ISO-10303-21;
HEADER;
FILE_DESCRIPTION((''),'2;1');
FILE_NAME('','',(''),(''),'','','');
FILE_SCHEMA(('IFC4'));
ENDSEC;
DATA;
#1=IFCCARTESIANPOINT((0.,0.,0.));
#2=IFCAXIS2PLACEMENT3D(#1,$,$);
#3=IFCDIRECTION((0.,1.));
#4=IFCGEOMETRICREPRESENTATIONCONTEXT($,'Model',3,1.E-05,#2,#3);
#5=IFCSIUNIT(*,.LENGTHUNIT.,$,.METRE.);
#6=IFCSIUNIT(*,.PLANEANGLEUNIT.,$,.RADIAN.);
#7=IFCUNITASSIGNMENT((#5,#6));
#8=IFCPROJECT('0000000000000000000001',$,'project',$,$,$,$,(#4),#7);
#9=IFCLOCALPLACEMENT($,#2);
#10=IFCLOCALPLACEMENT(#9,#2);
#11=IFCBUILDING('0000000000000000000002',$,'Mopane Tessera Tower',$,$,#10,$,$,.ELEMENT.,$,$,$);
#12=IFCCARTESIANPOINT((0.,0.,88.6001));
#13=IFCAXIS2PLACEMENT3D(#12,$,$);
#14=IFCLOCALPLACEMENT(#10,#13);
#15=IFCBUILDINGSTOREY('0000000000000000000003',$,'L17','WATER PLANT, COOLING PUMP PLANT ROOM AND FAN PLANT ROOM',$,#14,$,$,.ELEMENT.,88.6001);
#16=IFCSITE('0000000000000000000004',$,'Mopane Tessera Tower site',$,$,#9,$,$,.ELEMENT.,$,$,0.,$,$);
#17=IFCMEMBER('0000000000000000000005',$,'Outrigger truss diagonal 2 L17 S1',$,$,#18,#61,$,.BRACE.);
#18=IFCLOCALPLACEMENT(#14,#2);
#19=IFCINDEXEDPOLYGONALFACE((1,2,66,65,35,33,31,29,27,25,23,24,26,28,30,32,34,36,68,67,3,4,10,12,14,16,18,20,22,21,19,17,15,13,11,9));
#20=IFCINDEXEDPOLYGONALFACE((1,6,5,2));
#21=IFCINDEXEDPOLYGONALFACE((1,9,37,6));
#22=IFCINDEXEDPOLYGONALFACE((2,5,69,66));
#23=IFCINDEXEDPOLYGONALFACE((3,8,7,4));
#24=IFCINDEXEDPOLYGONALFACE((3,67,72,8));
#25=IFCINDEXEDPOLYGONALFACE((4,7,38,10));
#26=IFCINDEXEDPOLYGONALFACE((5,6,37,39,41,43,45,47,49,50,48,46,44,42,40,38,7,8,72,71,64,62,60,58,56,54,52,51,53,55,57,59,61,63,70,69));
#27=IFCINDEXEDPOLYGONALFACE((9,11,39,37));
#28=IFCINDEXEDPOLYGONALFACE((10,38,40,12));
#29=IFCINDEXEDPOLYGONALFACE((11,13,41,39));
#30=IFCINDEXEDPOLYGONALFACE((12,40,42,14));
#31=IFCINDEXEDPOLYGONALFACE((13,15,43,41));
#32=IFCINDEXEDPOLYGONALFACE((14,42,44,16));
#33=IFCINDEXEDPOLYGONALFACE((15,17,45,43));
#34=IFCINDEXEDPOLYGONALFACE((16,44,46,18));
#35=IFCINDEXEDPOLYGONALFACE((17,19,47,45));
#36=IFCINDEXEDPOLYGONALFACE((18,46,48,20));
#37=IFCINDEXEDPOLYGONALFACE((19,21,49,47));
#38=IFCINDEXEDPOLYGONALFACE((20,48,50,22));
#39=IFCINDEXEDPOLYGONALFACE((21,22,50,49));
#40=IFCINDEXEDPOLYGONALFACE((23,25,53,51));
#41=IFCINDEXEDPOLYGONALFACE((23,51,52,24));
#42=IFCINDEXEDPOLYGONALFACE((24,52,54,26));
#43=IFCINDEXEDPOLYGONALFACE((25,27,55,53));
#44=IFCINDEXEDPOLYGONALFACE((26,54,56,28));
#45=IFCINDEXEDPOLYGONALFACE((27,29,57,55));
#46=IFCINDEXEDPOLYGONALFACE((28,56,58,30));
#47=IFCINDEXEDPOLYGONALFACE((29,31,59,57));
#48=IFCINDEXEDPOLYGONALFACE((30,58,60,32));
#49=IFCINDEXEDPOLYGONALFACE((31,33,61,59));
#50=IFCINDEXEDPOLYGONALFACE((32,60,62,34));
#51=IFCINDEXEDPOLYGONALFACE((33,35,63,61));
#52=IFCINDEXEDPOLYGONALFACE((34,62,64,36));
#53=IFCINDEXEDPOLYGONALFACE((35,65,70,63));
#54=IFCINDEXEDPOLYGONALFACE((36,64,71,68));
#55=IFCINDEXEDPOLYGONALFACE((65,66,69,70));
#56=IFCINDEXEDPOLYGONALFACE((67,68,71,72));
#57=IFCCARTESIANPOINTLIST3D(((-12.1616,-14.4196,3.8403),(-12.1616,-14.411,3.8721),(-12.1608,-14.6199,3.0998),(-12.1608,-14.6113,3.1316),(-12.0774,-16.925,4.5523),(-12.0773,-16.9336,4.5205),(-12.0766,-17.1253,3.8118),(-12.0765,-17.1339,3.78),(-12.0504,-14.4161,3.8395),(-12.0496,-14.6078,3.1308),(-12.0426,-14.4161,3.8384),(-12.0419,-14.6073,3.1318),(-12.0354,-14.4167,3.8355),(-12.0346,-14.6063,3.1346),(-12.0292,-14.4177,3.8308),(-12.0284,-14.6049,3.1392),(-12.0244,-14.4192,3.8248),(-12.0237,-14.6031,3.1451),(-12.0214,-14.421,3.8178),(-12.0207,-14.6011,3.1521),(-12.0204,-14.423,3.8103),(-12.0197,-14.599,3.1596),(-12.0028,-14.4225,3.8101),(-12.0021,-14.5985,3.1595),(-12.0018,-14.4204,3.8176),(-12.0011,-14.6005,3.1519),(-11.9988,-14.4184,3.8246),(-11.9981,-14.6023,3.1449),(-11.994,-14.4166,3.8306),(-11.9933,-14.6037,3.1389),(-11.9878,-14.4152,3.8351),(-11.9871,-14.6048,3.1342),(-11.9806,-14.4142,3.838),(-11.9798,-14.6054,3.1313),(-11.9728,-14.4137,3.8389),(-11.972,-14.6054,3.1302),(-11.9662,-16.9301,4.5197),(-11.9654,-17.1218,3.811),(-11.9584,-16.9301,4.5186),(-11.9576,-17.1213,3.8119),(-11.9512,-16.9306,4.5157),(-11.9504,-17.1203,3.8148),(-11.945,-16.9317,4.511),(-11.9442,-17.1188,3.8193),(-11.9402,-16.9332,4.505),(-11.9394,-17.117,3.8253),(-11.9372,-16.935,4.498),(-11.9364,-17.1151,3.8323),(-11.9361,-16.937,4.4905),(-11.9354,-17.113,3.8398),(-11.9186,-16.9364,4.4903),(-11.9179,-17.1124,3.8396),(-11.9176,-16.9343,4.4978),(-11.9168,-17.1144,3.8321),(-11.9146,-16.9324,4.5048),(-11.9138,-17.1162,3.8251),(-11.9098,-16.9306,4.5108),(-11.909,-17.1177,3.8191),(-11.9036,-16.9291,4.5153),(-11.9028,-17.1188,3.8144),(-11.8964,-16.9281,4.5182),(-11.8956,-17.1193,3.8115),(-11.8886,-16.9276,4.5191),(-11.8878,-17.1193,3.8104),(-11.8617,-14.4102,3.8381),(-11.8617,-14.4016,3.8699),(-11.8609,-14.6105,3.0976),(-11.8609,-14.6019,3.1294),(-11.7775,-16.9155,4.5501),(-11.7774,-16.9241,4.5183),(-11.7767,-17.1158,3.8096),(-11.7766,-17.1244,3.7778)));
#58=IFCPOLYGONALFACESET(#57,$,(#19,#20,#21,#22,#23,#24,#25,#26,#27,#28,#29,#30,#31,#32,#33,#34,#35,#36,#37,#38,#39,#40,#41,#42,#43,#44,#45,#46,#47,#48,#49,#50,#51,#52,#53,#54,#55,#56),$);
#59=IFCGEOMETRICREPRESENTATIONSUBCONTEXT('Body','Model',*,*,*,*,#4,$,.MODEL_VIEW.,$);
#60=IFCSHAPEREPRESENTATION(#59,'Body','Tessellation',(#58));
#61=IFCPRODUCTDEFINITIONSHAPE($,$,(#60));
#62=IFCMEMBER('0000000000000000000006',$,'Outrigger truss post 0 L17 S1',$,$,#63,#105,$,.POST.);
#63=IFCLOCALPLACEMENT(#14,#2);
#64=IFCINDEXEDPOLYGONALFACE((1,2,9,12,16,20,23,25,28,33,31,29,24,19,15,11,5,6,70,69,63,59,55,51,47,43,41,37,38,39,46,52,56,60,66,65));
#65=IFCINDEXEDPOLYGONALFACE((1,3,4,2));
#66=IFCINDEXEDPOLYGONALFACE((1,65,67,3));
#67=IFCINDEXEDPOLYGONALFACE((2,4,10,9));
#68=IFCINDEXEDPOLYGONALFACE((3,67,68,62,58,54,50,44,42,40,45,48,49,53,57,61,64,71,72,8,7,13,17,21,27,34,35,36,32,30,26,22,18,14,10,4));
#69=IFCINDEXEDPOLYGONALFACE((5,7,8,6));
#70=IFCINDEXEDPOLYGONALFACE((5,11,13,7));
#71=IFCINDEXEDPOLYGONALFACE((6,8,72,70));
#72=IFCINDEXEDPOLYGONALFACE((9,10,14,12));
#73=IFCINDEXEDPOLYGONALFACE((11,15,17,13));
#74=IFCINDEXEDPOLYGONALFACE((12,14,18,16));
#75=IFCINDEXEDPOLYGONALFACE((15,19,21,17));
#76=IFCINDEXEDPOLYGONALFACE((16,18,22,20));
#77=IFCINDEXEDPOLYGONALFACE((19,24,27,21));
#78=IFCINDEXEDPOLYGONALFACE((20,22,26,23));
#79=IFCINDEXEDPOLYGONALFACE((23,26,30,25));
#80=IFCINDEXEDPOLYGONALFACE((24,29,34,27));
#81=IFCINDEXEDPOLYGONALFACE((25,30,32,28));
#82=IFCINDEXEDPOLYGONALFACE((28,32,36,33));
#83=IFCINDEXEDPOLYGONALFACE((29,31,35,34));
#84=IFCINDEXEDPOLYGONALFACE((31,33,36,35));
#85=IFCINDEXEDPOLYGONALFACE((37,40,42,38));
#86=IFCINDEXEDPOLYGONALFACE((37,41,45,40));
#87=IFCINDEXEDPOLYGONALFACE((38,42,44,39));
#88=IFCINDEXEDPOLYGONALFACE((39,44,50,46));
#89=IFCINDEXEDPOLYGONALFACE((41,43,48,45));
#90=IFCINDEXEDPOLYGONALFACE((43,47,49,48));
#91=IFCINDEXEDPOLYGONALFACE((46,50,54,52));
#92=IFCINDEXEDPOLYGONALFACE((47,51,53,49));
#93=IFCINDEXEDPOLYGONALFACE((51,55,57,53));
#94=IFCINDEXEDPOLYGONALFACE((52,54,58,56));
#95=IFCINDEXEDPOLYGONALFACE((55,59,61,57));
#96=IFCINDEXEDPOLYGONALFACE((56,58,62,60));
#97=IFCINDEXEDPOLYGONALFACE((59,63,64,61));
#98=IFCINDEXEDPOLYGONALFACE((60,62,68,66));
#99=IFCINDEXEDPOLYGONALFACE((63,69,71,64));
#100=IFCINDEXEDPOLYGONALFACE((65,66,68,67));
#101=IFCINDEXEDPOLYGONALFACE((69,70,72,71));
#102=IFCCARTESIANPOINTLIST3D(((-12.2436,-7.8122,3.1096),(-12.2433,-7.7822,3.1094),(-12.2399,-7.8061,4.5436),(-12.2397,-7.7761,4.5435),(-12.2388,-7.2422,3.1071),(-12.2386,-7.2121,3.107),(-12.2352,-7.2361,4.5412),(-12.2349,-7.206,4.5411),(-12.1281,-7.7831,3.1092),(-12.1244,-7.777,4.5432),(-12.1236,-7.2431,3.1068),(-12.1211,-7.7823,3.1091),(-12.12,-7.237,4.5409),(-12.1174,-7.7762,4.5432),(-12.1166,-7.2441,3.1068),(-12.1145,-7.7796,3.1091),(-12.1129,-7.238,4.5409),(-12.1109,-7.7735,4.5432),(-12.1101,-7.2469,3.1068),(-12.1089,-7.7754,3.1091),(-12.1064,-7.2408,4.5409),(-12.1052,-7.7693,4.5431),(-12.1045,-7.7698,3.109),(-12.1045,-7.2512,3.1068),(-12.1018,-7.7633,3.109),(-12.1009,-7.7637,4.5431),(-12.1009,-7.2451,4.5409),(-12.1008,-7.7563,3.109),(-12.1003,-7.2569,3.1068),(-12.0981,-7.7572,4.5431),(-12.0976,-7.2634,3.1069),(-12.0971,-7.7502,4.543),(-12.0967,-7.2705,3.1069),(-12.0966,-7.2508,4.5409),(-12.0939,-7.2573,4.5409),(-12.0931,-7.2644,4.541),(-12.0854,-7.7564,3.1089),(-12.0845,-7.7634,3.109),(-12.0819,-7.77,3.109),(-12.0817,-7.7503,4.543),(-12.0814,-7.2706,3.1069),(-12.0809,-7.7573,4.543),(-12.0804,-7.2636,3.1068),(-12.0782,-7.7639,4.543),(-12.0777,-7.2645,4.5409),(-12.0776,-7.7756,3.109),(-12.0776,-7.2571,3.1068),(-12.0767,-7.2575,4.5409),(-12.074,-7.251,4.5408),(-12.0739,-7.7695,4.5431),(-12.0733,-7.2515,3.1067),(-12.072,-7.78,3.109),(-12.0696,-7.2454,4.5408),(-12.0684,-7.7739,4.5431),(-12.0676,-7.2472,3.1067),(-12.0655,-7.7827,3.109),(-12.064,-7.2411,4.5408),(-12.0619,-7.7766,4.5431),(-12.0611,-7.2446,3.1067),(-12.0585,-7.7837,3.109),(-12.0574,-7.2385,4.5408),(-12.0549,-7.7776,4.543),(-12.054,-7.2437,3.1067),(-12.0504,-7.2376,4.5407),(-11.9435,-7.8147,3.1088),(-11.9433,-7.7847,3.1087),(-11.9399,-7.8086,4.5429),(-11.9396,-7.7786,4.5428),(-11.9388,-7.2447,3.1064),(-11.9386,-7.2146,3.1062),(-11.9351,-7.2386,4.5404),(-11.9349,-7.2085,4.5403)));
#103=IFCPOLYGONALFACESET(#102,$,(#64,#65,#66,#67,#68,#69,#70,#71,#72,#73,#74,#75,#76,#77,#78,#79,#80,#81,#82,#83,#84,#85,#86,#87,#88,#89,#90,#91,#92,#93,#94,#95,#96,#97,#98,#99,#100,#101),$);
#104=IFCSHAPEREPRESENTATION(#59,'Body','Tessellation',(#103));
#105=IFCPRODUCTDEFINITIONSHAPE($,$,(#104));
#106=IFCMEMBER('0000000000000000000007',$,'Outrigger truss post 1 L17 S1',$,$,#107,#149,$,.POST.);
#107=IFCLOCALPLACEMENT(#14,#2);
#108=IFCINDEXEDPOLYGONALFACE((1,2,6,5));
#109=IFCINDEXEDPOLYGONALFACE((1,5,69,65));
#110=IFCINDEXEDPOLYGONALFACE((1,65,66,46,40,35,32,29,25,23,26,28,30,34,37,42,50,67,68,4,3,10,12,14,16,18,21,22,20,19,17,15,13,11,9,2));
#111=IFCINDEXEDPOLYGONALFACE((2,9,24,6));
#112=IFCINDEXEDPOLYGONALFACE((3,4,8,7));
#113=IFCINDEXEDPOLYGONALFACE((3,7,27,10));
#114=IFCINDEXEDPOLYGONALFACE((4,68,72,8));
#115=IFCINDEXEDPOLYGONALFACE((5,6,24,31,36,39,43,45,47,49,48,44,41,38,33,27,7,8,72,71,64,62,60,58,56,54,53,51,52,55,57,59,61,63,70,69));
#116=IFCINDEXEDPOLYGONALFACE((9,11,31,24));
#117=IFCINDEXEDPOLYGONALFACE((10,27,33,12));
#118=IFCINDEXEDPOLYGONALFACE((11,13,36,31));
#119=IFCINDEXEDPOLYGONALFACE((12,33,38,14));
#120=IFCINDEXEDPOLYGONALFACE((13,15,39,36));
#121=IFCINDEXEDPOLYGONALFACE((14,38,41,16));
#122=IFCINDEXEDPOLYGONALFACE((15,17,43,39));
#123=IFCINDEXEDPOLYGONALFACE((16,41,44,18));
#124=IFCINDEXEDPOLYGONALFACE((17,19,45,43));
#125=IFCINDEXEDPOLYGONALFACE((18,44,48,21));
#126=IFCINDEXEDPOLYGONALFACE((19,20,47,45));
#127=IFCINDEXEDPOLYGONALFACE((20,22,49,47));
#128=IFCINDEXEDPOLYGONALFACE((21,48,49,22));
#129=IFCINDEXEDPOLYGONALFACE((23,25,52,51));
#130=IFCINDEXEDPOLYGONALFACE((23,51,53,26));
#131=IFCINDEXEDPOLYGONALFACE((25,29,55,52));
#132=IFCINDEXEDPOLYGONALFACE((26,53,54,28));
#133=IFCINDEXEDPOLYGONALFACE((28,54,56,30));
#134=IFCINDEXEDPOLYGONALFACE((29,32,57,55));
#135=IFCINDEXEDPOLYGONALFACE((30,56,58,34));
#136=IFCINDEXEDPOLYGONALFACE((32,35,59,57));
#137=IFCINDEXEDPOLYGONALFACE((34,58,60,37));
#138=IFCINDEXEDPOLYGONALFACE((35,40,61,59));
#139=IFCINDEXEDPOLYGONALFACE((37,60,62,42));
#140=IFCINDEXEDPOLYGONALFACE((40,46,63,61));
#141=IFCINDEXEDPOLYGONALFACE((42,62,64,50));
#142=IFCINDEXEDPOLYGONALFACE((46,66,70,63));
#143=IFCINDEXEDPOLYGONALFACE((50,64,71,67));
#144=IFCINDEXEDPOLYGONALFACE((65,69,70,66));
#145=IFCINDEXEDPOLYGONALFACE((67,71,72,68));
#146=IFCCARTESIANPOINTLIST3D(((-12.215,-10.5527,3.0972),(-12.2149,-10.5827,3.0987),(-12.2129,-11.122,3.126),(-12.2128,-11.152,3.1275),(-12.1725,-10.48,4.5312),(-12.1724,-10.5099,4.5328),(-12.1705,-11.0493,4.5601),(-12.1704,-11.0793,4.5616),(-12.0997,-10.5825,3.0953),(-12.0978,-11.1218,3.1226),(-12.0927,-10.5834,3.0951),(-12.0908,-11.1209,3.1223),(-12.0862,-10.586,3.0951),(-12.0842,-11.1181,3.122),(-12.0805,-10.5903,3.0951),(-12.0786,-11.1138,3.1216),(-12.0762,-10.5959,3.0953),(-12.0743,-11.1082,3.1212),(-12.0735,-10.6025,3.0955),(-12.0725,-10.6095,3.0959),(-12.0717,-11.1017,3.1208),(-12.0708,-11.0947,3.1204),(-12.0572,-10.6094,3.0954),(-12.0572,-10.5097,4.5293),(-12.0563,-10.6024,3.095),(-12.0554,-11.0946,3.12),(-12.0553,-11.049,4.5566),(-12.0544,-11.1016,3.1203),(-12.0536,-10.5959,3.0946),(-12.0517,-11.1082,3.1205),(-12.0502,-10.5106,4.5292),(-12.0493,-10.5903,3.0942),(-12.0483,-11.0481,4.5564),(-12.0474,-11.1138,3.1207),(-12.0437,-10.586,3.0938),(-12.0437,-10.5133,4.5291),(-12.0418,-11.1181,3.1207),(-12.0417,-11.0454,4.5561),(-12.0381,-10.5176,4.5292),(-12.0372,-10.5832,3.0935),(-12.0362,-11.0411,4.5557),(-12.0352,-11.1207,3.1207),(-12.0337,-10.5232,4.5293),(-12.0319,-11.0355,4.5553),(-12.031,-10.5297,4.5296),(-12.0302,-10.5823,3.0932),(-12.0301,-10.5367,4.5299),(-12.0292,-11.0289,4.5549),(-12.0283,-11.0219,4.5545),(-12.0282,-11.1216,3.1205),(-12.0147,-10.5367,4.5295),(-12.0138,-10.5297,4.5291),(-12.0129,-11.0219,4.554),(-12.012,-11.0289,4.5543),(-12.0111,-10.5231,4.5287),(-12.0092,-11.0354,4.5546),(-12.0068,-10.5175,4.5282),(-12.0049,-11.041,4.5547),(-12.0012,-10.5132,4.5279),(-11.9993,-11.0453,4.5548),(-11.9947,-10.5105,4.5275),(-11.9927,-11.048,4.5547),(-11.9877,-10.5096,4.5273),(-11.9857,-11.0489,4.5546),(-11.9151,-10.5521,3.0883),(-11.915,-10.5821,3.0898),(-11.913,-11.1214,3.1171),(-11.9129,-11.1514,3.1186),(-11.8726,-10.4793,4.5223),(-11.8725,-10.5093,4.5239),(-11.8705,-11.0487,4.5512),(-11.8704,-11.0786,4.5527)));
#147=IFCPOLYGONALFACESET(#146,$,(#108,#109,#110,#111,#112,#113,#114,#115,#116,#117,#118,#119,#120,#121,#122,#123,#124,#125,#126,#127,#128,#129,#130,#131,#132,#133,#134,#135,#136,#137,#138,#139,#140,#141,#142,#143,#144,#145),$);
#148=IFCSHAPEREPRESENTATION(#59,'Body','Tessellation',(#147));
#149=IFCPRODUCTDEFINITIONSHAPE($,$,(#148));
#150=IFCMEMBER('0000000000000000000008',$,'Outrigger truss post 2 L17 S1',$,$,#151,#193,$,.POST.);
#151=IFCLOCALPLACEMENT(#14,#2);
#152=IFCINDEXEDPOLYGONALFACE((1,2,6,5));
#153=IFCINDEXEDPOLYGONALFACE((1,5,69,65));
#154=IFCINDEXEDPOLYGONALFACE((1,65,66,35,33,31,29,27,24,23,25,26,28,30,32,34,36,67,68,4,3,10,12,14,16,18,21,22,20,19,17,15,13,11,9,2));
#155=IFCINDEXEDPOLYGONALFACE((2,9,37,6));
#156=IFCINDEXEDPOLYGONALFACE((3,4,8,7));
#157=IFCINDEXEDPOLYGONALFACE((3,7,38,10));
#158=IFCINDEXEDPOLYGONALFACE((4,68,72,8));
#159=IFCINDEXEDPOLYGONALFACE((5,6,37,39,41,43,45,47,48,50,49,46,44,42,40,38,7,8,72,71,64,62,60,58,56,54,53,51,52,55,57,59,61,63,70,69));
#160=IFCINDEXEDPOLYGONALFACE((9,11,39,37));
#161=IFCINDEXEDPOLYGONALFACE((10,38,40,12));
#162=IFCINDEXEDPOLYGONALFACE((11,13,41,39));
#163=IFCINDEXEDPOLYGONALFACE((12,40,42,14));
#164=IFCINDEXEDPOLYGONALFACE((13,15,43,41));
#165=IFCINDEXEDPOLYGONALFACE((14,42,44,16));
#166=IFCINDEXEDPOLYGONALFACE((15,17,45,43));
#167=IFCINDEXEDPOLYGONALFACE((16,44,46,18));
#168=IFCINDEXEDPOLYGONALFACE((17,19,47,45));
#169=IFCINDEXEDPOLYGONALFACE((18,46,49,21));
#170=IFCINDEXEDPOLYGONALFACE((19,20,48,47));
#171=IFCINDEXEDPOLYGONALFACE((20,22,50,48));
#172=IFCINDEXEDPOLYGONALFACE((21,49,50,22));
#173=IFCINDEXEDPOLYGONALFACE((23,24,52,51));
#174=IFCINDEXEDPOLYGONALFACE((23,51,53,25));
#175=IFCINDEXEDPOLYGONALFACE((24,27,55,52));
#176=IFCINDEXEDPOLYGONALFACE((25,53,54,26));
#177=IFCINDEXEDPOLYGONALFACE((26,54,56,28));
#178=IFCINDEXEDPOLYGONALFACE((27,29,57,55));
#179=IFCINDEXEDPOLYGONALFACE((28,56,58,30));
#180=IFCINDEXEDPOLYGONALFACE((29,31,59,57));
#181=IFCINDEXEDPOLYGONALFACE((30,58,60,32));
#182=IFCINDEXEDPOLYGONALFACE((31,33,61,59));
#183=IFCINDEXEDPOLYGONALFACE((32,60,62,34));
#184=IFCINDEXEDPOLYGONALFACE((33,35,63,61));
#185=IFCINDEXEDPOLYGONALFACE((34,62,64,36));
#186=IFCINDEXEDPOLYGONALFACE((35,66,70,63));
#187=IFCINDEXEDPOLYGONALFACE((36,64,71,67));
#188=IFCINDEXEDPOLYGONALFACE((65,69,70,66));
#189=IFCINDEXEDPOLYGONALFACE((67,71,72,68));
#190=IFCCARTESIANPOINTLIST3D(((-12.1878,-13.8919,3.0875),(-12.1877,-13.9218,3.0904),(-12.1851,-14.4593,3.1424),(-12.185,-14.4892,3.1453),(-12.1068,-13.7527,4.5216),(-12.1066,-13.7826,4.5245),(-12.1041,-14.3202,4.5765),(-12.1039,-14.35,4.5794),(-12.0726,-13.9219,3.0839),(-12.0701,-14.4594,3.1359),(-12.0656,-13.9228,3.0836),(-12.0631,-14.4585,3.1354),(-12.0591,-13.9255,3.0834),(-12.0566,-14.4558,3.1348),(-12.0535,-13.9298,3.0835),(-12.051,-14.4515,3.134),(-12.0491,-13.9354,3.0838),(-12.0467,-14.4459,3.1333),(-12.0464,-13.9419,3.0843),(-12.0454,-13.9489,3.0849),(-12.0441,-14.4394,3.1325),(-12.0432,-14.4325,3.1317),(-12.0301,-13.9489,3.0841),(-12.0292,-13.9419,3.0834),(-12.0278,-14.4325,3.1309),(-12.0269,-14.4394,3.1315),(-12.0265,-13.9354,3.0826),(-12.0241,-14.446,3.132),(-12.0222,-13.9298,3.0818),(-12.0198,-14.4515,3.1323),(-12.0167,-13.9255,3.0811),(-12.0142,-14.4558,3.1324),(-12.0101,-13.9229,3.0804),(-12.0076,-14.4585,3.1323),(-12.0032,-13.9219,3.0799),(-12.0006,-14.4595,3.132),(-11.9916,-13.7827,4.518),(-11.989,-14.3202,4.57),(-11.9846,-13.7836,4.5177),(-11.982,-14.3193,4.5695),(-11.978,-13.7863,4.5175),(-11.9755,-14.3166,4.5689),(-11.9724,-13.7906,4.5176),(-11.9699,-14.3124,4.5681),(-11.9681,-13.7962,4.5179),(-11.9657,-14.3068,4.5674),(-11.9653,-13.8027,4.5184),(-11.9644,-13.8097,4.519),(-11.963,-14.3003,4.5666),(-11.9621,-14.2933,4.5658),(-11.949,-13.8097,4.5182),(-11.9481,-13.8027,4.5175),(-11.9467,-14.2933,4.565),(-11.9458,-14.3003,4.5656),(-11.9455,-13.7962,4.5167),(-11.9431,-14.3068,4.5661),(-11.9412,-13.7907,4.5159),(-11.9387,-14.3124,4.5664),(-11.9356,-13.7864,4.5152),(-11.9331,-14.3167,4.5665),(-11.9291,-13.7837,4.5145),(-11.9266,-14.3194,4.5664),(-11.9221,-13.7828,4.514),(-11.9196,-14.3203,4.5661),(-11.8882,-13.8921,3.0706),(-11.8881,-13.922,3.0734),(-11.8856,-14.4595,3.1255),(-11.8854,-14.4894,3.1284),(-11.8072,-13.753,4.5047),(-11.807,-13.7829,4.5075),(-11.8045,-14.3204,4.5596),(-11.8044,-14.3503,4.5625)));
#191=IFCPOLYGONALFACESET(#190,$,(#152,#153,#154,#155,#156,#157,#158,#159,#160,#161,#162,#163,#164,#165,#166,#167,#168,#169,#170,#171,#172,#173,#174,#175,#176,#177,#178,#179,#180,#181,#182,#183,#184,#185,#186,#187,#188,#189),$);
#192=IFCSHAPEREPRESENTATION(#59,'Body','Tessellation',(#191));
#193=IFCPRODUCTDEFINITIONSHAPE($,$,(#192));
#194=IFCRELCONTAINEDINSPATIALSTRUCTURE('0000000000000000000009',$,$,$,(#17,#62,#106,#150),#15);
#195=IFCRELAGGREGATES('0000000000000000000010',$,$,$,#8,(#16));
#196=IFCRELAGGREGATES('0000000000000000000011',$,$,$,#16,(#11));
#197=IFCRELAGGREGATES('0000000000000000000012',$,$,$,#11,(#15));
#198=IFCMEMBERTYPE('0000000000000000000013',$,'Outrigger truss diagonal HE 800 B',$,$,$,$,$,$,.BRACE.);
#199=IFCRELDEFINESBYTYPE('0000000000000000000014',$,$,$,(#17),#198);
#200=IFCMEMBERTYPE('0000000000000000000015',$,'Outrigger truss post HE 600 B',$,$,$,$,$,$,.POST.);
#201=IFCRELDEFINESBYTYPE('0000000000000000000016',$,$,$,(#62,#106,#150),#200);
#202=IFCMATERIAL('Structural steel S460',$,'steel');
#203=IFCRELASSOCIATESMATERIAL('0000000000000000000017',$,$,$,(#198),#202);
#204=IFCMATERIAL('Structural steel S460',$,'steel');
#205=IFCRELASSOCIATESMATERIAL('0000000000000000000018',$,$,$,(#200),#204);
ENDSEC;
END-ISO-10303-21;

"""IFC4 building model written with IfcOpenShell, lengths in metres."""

from ifc_helpers import new_model, si_unit, direction, frame, origin, origin_2d, place, context, subcontext, project, spatial, i_section, extrude, material, material_profile, profile_set, type_object, element, save


model = new_model("IFC4")

# Units and contexts
model_context = context("Model", 3, precision=1e-05, world=origin(), true_north=direction((0.0, 1.0)))
body_context = subcontext(model_context, "Body", "Model", "MODEL_VIEW")
ifc_project = project(units=[si_unit("LENGTHUNIT", "METRE"), si_unit("PLANEANGLEUNIT", "RADIAN")], contexts=[model_context])

# Site, building, storey
site_placement = place(None, origin())
site = spatial("IfcSite", under=ifc_project, at=site_placement, Name="Mopane Tessera Tower site", CompositionType="ELEMENT", RefElevation=0.0)
building_placement = place(site_placement, origin())
building = spatial("IfcBuilding", under=site, at=building_placement, Name="Mopane Tessera Tower", CompositionType="ELEMENT")
storey_placement = place(building_placement, frame((0.0, 0.0, 88.6001)))
storey = spatial("IfcBuildingStorey", under=building, at=storey_placement, Name="L17", Description="WATER PLANT, COOLING PUMP PLANT ROOM AND FAN PLANT ROOM", CompositionType="ELEMENT", Elevation=88.6001)

# Members
ifc_material_1 = material(Name="Structural steel S460", Category="steel")
ifc_material_profile_1 = material_profile(ifc_material_1, i_section(OverallWidth=0.3, OverallDepth=0.8, WebThickness=0.0176, FlangeThickness=0.033, FilletRadius=0.03, at=origin_2d()))
ifc_profile_set_1 = profile_set([ifc_material_profile_1], Name="Structural steel S460")
member_type_1 = type_object("IfcMemberType", Name="Outrigger truss diagonal HE 800 B", PredefinedType="BRACE", material=ifc_profile_set_1)
member_1_placement = place(storey_placement, frame((-12.0112, -14.5107, 3.4849), z_axis=(0.032325, -0.964787, 0.261037), x_axis=(0.999477, 0.031479, -0.007423)))
element("IfcMember", 1, at=member_1_placement, inside=storey, type_object=member_type_1, Name="Outrigger truss diagonal 2 L17 S1", PredefinedType="BRACE", context=body_context, shape_type="SweptSolid", body=[
    extrude(i_section(OverallWidth=0.3, OverallDepth=0.8, WebThickness=0.0176, FlangeThickness=0.033, FilletRadius=0.03, at=origin_2d()), origin(), (0.0, 0.0, 1.0), 2.6057),
])
ifc_material_2 = material(Name="Structural steel S460", Category="steel")
ifc_material_profile_2 = material_profile(ifc_material_2, i_section(OverallWidth=0.3, OverallDepth=0.6001, WebThickness=0.0154, FlangeThickness=0.03, FilletRadius=0.0271, at=origin_2d()))
ifc_profile_set_2 = profile_set([ifc_material_profile_2], Name="Structural steel S460")
member_type_2 = type_object("IfcMemberType", Name="Outrigger truss post HE 600 B", PredefinedType="POST", material=ifc_profile_set_2)
member_2_placement = place(storey_placement, frame((-12.0911, -7.5134, 3.1079), z_axis=(0.002554, 0.004256, 0.999988), x_axis=(0.999962, -0.008306, -0.002518)))
element("IfcMember", 2, at=member_2_placement, inside=storey, type_object=member_type_2, Name="Outrigger truss post 0 L17 S1", PredefinedType="POST", context=body_context, shape_type="SweptSolid", body=[
    extrude(i_section(OverallWidth=0.3, OverallDepth=0.6001, WebThickness=0.0154, FlangeThickness=0.03, FilletRadius=0.0271, at=origin_2d()), origin(), (0.0, 0.0, 1.0), 1.4341),
])
member_3_placement = place(storey_placement, frame((-12.064, -10.8521, 3.1079), z_axis=(0.029571, 0.050645, 0.998279), x_axis=(0.999556, 0.002129, -0.029717)))
element("IfcMember", 3, at=member_3_placement, inside=storey, type_object=member_type_2, Name="Outrigger truss post 1 L17 S1", PredefinedType="POST", context=body_context, shape_type="SweptSolid", body=[
    extrude(i_section(OverallWidth=0.3, OverallDepth=0.6001, WebThickness=0.0154, FlangeThickness=0.03, FilletRadius=0.0271, at=origin_2d()), origin(), (0.0, 0.0, 1.0), 1.4365),
])
member_4_placement = place(storey_placement, frame((-12.0366, -14.1907, 3.1079), z_axis=(0.056167, 0.096432, 0.993754), x_axis=(0.99841, -0.000755, -0.056357)))
element("IfcMember", 4, at=member_4_placement, inside=storey, type_object=member_type_2, Name="Outrigger truss post 2 L17 S1", PredefinedType="POST", context=body_context, shape_type="SweptSolid", body=[
    extrude(i_section(OverallWidth=0.3, OverallDepth=0.6001, WebThickness=0.0154, FlangeThickness=0.03, FilletRadius=0.0271, at=origin_2d()), origin(), (0.0, 0.0, 1.0), 1.4431),
])

save(model, "model.ifc")
